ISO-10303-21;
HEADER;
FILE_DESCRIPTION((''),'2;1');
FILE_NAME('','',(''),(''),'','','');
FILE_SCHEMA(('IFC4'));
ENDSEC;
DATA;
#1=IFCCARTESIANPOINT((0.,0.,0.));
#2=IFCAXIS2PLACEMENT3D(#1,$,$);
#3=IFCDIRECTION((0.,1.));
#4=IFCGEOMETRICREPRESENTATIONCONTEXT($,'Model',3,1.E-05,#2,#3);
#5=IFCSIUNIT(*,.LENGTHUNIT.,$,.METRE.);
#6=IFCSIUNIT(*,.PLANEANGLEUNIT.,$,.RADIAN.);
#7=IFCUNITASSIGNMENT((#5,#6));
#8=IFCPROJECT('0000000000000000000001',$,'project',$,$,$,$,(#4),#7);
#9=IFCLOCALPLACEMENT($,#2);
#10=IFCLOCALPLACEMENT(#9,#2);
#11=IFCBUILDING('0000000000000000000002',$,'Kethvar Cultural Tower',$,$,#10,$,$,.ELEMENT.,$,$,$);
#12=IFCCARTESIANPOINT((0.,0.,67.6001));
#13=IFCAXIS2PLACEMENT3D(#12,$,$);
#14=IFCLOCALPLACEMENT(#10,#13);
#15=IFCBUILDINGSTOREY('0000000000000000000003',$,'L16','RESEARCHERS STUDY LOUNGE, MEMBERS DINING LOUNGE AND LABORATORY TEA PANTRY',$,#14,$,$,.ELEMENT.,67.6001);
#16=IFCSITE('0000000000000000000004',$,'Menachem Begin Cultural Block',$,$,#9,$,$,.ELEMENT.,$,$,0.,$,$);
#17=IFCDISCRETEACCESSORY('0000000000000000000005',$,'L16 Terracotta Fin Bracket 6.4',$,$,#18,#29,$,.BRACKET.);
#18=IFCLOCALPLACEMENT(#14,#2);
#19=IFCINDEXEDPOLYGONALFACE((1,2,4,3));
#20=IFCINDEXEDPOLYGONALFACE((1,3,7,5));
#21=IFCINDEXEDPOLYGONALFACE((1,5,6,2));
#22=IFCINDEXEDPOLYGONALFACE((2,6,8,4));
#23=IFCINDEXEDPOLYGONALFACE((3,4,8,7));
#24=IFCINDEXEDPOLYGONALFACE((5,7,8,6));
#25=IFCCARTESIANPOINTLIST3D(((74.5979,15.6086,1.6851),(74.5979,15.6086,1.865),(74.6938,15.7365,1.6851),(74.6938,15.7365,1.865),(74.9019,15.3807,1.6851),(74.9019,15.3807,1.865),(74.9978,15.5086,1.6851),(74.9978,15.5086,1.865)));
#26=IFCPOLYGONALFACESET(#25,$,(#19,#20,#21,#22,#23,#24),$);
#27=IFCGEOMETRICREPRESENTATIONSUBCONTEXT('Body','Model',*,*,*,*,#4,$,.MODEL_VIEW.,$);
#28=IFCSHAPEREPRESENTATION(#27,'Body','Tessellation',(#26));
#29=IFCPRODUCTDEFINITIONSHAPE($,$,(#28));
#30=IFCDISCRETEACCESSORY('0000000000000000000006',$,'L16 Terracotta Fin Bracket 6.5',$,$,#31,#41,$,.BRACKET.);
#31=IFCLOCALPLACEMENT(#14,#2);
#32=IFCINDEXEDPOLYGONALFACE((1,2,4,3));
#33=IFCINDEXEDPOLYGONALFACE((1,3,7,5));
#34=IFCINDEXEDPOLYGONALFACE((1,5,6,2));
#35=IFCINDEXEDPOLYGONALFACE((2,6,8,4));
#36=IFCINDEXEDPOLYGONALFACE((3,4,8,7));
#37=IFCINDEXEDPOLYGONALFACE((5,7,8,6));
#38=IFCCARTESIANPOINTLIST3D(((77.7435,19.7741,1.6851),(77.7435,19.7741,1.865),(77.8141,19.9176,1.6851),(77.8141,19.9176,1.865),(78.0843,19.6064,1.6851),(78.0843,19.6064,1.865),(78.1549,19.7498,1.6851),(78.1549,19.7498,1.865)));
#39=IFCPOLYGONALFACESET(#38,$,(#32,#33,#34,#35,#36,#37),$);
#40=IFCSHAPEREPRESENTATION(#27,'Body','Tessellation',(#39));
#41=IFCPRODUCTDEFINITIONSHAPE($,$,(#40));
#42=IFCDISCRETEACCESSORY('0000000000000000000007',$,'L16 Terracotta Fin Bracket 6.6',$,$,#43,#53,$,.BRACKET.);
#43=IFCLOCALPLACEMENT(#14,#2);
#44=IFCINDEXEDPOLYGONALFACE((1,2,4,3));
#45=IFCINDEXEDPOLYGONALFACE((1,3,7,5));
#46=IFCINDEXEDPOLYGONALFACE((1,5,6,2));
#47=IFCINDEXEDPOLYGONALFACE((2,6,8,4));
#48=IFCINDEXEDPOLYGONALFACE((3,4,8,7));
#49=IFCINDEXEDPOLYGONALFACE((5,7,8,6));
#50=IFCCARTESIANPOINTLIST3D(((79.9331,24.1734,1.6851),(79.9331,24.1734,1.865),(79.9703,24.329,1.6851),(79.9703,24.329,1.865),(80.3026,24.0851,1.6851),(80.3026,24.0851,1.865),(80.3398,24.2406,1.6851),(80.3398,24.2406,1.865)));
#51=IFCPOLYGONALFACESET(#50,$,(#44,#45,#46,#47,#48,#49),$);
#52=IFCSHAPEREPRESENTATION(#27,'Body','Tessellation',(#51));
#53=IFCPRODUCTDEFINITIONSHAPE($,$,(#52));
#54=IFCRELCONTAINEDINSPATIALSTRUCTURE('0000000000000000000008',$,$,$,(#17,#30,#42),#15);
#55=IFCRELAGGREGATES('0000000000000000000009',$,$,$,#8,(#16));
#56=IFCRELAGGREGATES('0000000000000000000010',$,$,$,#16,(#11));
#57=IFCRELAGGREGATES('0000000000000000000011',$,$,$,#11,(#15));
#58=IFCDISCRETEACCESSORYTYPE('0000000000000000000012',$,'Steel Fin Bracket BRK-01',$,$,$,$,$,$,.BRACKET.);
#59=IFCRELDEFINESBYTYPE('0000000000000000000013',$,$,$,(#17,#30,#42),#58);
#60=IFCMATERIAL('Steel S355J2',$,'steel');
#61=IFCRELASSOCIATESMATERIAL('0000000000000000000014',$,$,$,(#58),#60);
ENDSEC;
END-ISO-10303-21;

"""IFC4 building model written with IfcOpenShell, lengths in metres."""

from ifc_helpers import new_model, si_unit, direction, frame, origin, origin_2d, place, context, subcontext, project, spatial, rectangle, extrude, source, transform, mapped, material, type_object, element, save


model = new_model("IFC4")

# Units and contexts
model_context = context("Model", 3, precision=1e-05, world=origin(), true_north=direction((0.0, 1.0)))
body_context = subcontext(model_context, "Body", "Model", "MODEL_VIEW")
ifc_project = project(units=[si_unit("LENGTHUNIT", "METRE"), si_unit("PLANEANGLEUNIT", "RADIAN")], contexts=[model_context])

# Site, building, storey
site_placement = place(None, origin())
site = spatial("IfcSite", under=ifc_project, at=site_placement, Name="Menachem Begin Cultural Block", CompositionType="ELEMENT", RefElevation=0.0)
building_placement = place(site_placement, origin())
building = spatial("IfcBuilding", under=site, at=building_placement, Name="Kethvar Cultural Tower", CompositionType="ELEMENT")
storey_placement = place(building_placement, frame((0.0, 0.0, 67.6001)))
storey = spatial("IfcBuildingStorey", under=building, at=storey_placement, Name="L16", Description="RESEARCHERS STUDY LOUNGE, MEMBERS DINING LOUNGE AND LABORATORY TEA PANTRY", CompositionType="ELEMENT", Elevation=67.6001)

# Shared definitions
ifc_material_1 = material(Name="Steel S355J2", Category="steel")

# Discrete accessories
discrete_accessory_type = type_object("IfcDiscreteAccessoryType", Name="Steel Fin Bracket BRK-01", PredefinedType="BRACKET", material=ifc_material_1)
shared_shape_1 = source(origin(), body_context, "Body", "SweptSolid", [
    extrude(rectangle(XDim=0.3799, YDim=0.1599, at=origin_2d()), origin(), (0.0, 0.0, 1.0), 0.1799),
])
for number, where, z_axis, x_axis, name in (
    (1, (74.7979, 15.5586, 1.6851), (0.0, 0.0, 1.0), (0.800104, -0.599862, 0.0), "L16 Terracotta Fin Bracket 6.4"),
    (2, (77.9492, 19.762, 1.6851), (0.0, 0.0, 1.0), (0.897258, -0.441506, 0.0), "L16 Terracotta Fin Bracket 6.5"),
    (3, (80.1365, 24.207, 1.6851), (0.0, 0.0, 1.0), (0.972573, -0.232597, 0.0), "L16 Terracotta Fin Bracket 6.6"),
):
    element("IfcDiscreteAccessory", number, at=place(storey_placement, frame(where, z_axis=z_axis, x_axis=x_axis)), inside=storey, type_object=discrete_accessory_type, Name=name, PredefinedType="BRACKET", context=body_context, shape_type="MappedRepresentation", body=[
        mapped(shared_shape_1, transform((0.0, 0.0, 0.0), scale=1.0)),
    ])

save(model, "model.ifc")
